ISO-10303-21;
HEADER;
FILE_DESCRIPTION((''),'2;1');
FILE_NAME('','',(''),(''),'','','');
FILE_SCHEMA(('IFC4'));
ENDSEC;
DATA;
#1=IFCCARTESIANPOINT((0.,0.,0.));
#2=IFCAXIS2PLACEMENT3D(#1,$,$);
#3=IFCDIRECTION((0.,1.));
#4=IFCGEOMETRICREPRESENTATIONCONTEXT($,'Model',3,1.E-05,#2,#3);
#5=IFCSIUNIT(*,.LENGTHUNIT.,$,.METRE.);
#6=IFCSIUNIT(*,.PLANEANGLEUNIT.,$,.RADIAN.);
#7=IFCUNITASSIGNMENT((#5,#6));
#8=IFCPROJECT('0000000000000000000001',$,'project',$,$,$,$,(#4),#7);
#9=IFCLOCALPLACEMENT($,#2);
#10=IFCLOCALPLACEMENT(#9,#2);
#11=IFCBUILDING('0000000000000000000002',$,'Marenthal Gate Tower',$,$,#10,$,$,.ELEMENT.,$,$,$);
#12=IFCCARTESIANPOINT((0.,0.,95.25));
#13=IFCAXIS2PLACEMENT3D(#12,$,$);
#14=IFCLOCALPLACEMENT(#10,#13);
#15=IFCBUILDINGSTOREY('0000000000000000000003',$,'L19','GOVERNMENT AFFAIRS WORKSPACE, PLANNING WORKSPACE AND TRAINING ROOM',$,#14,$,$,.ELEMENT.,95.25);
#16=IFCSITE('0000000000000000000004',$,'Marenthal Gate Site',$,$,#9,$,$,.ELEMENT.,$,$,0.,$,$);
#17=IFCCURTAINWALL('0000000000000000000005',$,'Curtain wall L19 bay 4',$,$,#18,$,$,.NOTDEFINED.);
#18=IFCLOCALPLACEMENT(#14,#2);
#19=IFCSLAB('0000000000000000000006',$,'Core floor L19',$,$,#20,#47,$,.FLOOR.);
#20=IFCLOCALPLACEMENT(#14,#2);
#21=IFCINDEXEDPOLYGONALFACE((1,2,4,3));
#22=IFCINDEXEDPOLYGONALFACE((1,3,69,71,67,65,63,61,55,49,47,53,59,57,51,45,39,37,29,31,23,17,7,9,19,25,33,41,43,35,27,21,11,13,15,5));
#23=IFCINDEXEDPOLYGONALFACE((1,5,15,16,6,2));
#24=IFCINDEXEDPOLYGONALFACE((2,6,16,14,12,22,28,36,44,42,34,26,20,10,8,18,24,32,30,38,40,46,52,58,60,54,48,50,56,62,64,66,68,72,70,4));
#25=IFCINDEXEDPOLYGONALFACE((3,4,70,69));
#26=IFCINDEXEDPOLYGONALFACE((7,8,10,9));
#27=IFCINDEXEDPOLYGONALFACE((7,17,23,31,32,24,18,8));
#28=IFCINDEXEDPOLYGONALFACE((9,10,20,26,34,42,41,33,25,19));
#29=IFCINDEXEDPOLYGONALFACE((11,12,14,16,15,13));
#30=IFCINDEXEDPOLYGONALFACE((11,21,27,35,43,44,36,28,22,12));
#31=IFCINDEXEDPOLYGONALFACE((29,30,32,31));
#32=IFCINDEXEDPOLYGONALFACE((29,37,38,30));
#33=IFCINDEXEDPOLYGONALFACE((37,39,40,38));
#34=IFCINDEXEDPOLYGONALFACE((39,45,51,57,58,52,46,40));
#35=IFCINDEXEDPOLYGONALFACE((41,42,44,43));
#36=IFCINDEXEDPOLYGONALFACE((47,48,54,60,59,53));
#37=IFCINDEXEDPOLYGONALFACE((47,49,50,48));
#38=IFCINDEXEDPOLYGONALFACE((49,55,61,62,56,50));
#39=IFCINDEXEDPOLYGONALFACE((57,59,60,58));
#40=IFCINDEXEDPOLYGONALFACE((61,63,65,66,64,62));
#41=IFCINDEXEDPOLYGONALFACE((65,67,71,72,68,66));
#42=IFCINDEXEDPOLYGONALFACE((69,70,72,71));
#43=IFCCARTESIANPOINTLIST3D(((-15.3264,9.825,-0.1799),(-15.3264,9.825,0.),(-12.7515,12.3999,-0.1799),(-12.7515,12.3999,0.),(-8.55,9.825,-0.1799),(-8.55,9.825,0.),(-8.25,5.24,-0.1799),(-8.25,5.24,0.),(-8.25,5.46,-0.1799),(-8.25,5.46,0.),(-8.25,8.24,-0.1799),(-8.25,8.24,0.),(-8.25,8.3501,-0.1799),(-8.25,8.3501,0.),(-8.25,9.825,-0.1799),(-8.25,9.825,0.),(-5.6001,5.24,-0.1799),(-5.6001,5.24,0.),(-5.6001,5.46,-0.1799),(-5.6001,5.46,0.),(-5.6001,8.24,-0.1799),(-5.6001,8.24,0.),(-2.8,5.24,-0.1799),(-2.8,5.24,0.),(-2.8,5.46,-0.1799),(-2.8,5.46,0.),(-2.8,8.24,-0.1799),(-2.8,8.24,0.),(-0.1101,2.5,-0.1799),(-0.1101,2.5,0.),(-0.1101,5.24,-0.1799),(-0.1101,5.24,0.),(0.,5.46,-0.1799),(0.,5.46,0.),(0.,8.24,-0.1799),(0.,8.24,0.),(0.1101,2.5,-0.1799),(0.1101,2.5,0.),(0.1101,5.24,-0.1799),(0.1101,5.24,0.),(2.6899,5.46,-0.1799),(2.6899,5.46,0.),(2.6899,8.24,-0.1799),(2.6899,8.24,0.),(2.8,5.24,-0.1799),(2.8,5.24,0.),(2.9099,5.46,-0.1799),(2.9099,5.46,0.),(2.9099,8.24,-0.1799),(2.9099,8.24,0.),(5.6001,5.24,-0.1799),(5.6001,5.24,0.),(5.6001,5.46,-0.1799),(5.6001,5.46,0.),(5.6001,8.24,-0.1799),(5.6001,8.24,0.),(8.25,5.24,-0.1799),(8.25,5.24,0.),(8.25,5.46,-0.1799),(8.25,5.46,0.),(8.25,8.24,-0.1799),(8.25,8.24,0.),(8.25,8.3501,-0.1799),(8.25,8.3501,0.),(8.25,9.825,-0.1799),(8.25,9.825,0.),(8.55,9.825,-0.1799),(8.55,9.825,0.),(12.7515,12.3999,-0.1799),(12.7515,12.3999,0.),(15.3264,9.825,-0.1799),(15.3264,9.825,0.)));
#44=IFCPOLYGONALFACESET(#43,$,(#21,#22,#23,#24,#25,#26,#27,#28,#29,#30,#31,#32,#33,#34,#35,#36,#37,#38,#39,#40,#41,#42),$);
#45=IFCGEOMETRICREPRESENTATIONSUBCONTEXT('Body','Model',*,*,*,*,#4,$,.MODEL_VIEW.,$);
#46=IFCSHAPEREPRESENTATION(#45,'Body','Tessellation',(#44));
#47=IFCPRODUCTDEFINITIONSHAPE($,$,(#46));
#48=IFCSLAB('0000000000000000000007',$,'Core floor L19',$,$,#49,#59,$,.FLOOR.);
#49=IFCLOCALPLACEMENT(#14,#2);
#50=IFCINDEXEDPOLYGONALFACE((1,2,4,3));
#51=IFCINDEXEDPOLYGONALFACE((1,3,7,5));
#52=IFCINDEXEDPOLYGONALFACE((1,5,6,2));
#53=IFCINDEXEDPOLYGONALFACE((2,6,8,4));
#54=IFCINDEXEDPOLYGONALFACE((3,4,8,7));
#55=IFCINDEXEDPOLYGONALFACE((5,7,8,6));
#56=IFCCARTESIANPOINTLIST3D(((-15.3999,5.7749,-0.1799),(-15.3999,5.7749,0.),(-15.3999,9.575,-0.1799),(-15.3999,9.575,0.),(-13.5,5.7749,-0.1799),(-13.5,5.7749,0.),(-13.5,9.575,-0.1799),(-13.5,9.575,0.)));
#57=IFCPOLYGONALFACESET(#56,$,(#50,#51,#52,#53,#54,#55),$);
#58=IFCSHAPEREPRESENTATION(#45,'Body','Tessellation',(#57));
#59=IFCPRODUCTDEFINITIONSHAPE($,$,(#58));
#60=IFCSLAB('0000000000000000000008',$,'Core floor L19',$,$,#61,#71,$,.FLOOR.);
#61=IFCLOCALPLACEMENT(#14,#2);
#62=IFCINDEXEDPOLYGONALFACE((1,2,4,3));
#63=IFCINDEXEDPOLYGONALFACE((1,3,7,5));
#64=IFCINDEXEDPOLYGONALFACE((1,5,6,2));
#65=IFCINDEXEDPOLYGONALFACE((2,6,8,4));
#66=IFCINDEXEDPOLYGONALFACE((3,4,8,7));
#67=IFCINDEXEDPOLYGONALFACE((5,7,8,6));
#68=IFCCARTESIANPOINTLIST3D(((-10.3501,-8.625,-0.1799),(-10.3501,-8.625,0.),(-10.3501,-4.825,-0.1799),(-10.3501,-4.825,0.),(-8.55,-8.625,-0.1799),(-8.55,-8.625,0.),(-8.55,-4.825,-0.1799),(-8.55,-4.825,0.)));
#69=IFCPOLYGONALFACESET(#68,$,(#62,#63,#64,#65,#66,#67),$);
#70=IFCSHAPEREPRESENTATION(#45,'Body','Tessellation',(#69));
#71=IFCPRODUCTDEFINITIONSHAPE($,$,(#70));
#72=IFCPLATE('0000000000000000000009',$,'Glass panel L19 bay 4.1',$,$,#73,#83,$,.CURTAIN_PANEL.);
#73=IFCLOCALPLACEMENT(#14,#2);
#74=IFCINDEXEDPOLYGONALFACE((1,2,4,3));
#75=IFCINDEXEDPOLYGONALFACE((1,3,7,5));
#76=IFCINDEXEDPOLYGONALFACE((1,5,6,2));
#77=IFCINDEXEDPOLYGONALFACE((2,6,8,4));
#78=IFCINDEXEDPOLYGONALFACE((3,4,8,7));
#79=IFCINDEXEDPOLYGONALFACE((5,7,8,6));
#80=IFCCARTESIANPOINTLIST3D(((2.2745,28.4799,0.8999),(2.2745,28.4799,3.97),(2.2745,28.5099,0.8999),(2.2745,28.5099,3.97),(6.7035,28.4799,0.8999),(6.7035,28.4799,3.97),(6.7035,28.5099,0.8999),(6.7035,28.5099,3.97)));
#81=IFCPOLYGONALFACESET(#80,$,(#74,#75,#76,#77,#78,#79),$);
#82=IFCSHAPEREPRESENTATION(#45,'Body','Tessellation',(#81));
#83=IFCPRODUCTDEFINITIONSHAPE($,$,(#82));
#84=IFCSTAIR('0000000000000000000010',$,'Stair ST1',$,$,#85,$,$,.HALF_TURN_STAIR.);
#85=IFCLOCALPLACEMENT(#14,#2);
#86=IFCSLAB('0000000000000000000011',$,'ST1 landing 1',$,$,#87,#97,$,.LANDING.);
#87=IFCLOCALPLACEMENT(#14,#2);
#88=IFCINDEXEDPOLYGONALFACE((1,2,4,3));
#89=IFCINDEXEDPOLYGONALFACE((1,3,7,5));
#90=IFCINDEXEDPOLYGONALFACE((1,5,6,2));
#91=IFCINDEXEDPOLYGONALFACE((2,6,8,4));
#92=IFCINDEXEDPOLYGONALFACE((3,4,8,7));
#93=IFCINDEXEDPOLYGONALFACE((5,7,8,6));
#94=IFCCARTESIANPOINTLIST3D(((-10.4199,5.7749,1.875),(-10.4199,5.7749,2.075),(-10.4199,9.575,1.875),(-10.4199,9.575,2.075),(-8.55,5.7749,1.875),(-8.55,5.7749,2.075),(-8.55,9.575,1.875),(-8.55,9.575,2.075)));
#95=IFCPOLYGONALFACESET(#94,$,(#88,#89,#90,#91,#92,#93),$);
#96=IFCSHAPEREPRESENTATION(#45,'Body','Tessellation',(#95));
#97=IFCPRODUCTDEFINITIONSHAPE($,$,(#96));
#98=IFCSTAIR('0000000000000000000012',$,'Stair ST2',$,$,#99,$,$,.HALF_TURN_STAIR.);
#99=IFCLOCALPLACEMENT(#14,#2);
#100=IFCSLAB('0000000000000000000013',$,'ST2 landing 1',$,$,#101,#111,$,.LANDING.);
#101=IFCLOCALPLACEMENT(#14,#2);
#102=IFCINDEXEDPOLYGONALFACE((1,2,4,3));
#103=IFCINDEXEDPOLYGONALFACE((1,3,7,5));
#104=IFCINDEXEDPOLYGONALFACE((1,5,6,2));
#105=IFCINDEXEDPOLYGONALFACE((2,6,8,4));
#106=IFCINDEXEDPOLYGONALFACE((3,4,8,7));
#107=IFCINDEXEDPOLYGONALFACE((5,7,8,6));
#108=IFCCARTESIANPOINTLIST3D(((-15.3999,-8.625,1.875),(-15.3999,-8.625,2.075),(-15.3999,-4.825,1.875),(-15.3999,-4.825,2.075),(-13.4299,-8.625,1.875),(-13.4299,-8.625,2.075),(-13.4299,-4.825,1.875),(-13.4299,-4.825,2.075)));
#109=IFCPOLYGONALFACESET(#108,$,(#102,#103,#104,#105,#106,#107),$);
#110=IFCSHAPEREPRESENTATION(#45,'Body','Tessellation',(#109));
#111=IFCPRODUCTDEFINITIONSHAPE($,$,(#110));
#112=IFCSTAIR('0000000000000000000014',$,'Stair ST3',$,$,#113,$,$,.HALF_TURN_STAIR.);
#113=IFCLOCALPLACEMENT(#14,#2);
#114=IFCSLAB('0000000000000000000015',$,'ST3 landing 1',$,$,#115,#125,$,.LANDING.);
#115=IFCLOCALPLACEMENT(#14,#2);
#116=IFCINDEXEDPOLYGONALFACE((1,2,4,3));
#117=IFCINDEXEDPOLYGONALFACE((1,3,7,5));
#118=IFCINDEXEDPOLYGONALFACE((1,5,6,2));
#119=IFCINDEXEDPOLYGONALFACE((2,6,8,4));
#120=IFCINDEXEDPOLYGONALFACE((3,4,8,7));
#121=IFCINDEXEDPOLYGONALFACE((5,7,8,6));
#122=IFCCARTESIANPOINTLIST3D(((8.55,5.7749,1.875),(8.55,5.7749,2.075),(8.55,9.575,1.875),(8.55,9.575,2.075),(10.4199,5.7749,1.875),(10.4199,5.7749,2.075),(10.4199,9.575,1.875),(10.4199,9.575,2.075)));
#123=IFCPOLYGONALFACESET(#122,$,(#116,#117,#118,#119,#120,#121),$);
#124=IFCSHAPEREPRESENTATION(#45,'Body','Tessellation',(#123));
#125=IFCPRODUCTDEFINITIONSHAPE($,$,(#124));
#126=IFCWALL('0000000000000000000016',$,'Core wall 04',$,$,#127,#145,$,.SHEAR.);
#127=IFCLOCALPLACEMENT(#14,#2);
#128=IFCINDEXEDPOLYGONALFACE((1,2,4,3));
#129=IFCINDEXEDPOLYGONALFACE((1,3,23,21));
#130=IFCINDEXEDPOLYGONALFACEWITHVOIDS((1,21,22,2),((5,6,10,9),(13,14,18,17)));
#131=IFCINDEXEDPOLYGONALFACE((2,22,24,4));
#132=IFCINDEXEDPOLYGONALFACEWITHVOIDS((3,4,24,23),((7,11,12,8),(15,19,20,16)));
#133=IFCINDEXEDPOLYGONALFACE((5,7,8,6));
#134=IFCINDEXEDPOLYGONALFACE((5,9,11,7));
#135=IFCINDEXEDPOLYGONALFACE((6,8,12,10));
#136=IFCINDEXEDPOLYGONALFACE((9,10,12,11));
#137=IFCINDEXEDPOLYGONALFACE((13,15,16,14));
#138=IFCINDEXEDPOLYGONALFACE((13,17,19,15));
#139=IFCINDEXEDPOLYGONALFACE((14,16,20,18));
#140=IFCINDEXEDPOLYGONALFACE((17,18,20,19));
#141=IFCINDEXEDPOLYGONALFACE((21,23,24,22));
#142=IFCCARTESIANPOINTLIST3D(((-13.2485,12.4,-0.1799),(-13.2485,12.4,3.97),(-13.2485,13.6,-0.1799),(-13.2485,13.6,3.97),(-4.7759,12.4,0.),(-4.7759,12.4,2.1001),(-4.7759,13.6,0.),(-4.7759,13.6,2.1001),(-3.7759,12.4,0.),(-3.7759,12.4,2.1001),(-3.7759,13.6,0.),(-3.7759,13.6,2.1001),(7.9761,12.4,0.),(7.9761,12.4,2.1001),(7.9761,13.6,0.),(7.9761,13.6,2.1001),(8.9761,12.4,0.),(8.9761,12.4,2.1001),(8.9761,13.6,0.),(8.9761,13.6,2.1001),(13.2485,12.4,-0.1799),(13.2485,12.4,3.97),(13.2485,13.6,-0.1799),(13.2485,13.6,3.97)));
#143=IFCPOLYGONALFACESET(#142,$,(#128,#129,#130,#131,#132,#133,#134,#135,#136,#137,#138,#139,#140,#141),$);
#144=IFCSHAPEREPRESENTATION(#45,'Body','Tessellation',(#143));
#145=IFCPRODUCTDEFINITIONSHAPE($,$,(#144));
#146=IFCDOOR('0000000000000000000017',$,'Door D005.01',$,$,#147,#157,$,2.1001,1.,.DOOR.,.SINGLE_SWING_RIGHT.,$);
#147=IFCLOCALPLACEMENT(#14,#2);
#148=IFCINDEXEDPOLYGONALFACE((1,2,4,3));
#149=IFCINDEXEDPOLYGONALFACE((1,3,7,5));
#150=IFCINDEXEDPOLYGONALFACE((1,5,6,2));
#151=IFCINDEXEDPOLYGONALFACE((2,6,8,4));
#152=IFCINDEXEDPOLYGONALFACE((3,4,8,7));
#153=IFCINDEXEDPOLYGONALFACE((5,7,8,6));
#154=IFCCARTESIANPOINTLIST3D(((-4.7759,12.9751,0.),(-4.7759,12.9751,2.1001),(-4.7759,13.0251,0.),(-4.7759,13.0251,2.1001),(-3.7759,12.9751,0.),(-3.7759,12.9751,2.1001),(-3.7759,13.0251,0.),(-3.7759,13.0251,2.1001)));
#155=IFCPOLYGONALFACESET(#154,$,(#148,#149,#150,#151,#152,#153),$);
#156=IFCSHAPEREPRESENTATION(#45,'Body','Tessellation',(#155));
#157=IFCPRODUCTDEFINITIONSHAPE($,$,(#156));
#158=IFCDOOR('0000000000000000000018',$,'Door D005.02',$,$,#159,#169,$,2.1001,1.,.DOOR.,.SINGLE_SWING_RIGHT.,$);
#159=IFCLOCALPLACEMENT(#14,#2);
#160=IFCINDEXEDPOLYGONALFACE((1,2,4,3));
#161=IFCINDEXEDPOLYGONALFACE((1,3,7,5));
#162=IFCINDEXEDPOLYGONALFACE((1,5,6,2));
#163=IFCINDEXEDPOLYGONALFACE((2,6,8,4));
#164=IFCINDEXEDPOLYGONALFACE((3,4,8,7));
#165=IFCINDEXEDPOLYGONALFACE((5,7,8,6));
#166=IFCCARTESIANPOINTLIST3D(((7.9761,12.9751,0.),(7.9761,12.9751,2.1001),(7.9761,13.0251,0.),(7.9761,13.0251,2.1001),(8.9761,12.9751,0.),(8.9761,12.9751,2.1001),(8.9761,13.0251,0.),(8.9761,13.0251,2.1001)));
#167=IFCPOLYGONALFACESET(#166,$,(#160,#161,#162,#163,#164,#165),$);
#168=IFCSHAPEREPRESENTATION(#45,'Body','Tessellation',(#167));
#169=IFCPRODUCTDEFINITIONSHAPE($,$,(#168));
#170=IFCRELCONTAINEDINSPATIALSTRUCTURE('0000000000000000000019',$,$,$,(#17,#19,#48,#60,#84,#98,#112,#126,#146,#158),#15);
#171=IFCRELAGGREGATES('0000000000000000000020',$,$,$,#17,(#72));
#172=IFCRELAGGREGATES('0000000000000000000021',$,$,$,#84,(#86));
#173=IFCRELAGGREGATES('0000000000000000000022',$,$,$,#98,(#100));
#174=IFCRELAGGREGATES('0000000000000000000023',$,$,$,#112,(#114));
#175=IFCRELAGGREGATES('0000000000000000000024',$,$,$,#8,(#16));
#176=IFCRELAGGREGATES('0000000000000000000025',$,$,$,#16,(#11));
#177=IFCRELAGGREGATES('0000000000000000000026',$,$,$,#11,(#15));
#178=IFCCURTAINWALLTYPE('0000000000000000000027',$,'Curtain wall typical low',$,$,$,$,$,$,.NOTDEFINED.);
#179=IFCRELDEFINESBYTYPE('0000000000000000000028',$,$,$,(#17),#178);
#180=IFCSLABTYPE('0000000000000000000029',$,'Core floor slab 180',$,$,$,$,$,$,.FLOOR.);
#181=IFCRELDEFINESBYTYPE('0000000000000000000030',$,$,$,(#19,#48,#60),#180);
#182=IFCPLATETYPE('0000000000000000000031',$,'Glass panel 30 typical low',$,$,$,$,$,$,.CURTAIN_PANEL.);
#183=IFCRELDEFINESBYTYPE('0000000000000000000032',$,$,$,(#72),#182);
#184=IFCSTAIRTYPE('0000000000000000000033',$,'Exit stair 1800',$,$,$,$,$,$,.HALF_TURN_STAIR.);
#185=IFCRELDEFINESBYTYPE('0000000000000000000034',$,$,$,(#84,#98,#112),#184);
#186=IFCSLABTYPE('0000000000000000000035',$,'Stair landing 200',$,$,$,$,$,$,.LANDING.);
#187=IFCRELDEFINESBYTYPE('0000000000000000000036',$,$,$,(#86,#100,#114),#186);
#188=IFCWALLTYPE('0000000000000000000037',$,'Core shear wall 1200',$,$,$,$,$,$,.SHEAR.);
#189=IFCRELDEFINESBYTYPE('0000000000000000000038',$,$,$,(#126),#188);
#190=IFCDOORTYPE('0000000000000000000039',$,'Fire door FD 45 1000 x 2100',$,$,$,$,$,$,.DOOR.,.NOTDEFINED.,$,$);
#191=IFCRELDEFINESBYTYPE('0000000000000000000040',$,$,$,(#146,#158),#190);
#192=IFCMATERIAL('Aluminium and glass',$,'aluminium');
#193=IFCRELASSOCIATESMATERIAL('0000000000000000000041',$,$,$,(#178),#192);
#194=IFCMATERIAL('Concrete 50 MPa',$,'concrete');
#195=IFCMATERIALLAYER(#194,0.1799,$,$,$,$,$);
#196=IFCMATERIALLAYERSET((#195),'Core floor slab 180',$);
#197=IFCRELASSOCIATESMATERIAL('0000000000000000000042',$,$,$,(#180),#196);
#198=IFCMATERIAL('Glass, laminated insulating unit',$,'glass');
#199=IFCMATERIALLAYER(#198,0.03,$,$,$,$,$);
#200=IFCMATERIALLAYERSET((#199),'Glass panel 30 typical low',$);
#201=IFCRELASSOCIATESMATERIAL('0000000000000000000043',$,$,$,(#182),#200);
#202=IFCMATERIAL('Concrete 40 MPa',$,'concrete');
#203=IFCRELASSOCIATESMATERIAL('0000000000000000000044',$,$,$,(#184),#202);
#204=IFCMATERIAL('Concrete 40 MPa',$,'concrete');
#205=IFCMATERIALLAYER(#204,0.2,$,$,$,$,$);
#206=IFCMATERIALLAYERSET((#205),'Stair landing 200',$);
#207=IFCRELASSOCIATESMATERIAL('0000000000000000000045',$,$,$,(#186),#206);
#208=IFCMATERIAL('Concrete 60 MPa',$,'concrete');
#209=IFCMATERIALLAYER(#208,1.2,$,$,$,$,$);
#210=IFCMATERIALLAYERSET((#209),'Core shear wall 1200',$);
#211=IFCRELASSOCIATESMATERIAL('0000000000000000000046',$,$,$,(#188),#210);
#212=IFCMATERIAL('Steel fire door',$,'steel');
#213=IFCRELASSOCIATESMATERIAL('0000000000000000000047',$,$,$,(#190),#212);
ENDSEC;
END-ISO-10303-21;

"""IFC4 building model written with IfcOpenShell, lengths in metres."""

from ifc_helpers import new_model, si_unit, direction, frame, frame_2d, origin, origin_2d, place, context, subcontext, project, spatial, polyline, rectangle, outline, extrude, material, layer, layer_set, type_object, element, fill, aggregate, save


model = new_model("IFC4")

# Units and contexts
model_context = context("Model", 3, precision=1e-05, world=origin(), true_north=direction((0.0, 1.0)))
body_context = subcontext(model_context, "Body", "Model", "MODEL_VIEW")
ifc_project = project(units=[si_unit("LENGTHUNIT", "METRE"), si_unit("PLANEANGLEUNIT", "RADIAN")], contexts=[model_context])

# Site, building, storey
site_placement = place(None, origin())
site = spatial("IfcSite", under=ifc_project, at=site_placement, Name="Marenthal Gate Site", CompositionType="ELEMENT", RefElevation=0.0)
building_placement = place(site_placement, origin())
building = spatial("IfcBuilding", under=site, at=building_placement, Name="Marenthal Gate Tower", CompositionType="ELEMENT")
storey_placement = place(building_placement, frame((0.0, 0.0, 95.25)))
storey = spatial("IfcBuildingStorey", under=building, at=storey_placement, Name="L19", Description="GOVERNMENT AFFAIRS WORKSPACE, PLANNING WORKSPACE AND TRAINING ROOM", CompositionType="ELEMENT", Elevation=95.25)

# Curtain wall
ifc_material_1 = material(Name="Aluminium and glass", Category="aluminium")
curtain_wall_type = type_object("IfcCurtainWallType", Name="Curtain wall typical low", PredefinedType="NOTDEFINED", material=ifc_material_1)
curtain_wall_placement = place(storey_placement, origin())
curtain_wall = element("IfcCurtainWall", 1, at=curtain_wall_placement, inside=storey, type_object=curtain_wall_type, Name="Curtain wall L19 bay 4", PredefinedType="NOTDEFINED")

# Slabs
ifc_material_2 = material(Name="Concrete 50 MPa", Category="concrete")
ifc_layer_1 = layer(ifc_material_2, 0.1799)
ifc_layer_set_1 = layer_set([ifc_layer_1], Name="Core floor slab 180")
slab_type_1 = type_object("IfcSlabType", Name="Core floor slab 180", PredefinedType="FLOOR", material=ifc_layer_set_1)
slab_1_placement = place(storey_placement, frame((0.0, 0.0, -0.1799)))
element("IfcSlab", 2, at=slab_1_placement, inside=storey, type_object=slab_type_1, Name="Core floor L19", PredefinedType="FLOOR", context=body_context, shape_type="SweptSolid", body=[
    extrude(outline(polyline([(12.7515, 12.3999), (15.3264, 9.825), (8.55, 9.825), (8.25, 9.825), (8.25, 8.3501), (8.25, 8.24), (5.6001, 8.24), (2.9099, 8.24), (2.9099, 5.46), (5.6001, 5.46), (8.25, 5.46), (8.25, 5.24), (5.6001, 5.24), (2.8, 5.24), (0.1101, 5.24), (0.1101, 2.5), (-0.1101, 2.5), (-0.1101, 5.24), (-2.8, 5.24), (-5.6001, 5.24), (-8.25, 5.24), (-8.25, 5.46), (-5.6001, 5.46), (-2.8, 5.46), (0.0, 5.46), (2.6899, 5.46), (2.6899, 8.24), (0.0, 8.24), (-2.8, 8.24), (-5.6001, 8.24), (-8.25, 8.24), (-8.25, 8.3501), (-8.25, 9.825), (-8.55, 9.825), (-15.3264, 9.825), (-12.7515, 12.3999), (12.7515, 12.3999)])), origin(), (0.0, 0.0, 1.0), 0.1799),
])
slab_2_placement = place(storey_placement, frame((0.0, 0.0, -0.1799)))
element("IfcSlab", 3, at=slab_2_placement, inside=storey, type_object=slab_type_1, Name="Core floor L19", PredefinedType="FLOOR", context=body_context, shape_type="SweptSolid", body=[
    extrude(outline(polyline([(-15.3999, 9.575), (-13.5, 9.575), (-13.5, 5.7749), (-15.3999, 5.7749), (-15.3999, 9.575)])), origin(), (0.0, 0.0, 1.0), 0.1799),
])
slab_3_placement = place(storey_placement, frame((0.0, 0.0, -0.1799)))
element("IfcSlab", 4, at=slab_3_placement, inside=storey, type_object=slab_type_1, Name="Core floor L19", PredefinedType="FLOOR", context=body_context, shape_type="SweptSolid", body=[
    extrude(outline(polyline([(-8.55, -8.625), (-10.3501, -8.625), (-10.3501, -4.825), (-8.55, -4.825), (-8.55, -8.625)])), origin(), (0.0, 0.0, 1.0), 0.1799),
])

# Plate
ifc_material_3 = material(Name="Glass, laminated insulating unit", Category="glass")
ifc_layer_2 = layer(ifc_material_3, 0.03)
ifc_layer_set_2 = layer_set([ifc_layer_2], Name="Glass panel 30 typical low")
plate_type = type_object("IfcPlateType", Name="Glass panel 30 typical low", PredefinedType="CURTAIN_PANEL", material=ifc_layer_set_2)
plate_placement = place(storey_placement, frame((4.489, 28.4949, 0.8999), z_axis=(0.0, 0.0, 1.0), x_axis=(-1.0, 0.0, 0.0)))
plate = element("IfcPlate", 5, at=plate_placement, type_object=plate_type, Name="Glass panel L19 bay 4.1", PredefinedType="CURTAIN_PANEL", context=body_context, shape_type="SweptSolid", body=[
    extrude(rectangle(XDim=4.429, YDim=0.03, at=origin_2d()), origin(), (0.0, 0.0, 1.0), 3.0701),
])
aggregate(curtain_wall, [plate])

# Stairs, slabs
ifc_material_4 = material(Name="Concrete 40 MPa", Category="concrete")
stair_type = type_object("IfcStairType", Name="Exit stair 1800", PredefinedType="HALF_TURN_STAIR", material=ifc_material_4)
stair_1_placement = place(storey_placement, origin())
stair_1 = element("IfcStair", 6, at=stair_1_placement, inside=storey, type_object=stair_type, Name="Stair ST1", PredefinedType="HALF_TURN_STAIR")
ifc_material_5 = material(Name="Concrete 40 MPa", Category="concrete")
ifc_layer_3 = layer(ifc_material_5, 0.2)
ifc_layer_set_3 = layer_set([ifc_layer_3], Name="Stair landing 200")
slab_type_2 = type_object("IfcSlabType", Name="Stair landing 200", PredefinedType="LANDING", material=ifc_layer_set_3)
slab_4_placement = place(storey_placement, frame((0.0, 0.0, 1.875)))
slab_4 = element("IfcSlab", 7, at=slab_4_placement, type_object=slab_type_2, Name="ST1 landing 1", PredefinedType="LANDING", context=body_context, shape_type="SweptSolid", body=[
    extrude(outline(polyline([(-10.4199, 5.7749), (-8.55, 5.7749), (-8.55, 9.575), (-10.4199, 9.575), (-10.4199, 5.7749)])), origin(), (0.0, 0.0, 1.0), 0.2),
])
aggregate(stair_1, [slab_4])
stair_2_placement = place(storey_placement, origin())
stair_2 = element("IfcStair", 8, at=stair_2_placement, inside=storey, type_object=stair_type, Name="Stair ST2", PredefinedType="HALF_TURN_STAIR")
slab_5_placement = place(storey_placement, frame((0.0, 0.0, 1.875)))
slab_5 = element("IfcSlab", 9, at=slab_5_placement, type_object=slab_type_2, Name="ST2 landing 1", PredefinedType="LANDING", context=body_context, shape_type="SweptSolid", body=[
    extrude(outline(polyline([(-15.3999, -8.625), (-13.4299, -8.625), (-13.4299, -4.825), (-15.3999, -4.825), (-15.3999, -8.625)])), origin(), (0.0, 0.0, 1.0), 0.2),
])
aggregate(stair_2, [slab_5])
stair_3_placement = place(storey_placement, origin())
stair_3 = element("IfcStair", 10, at=stair_3_placement, inside=storey, type_object=stair_type, Name="Stair ST3", PredefinedType="HALF_TURN_STAIR")
slab_6_placement = place(storey_placement, frame((0.0, 0.0, 1.875)))
slab_6 = element("IfcSlab", 11, at=slab_6_placement, type_object=slab_type_2, Name="ST3 landing 1", PredefinedType="LANDING", context=body_context, shape_type="SweptSolid", body=[
    extrude(outline(polyline([(8.55, 5.7749), (10.4199, 5.7749), (10.4199, 9.575), (8.55, 9.575), (8.55, 5.7749)])), origin(), (0.0, 0.0, 1.0), 0.2),
])

# Wall, openings, doors
ifc_material_6 = material(Name="Concrete 60 MPa", Category="concrete")
ifc_layer_4 = layer(ifc_material_6, 1.2)
ifc_layer_set_4 = layer_set([ifc_layer_4], Name="Core shear wall 1200")
wall_type_1 = type_object("IfcWallType", Name="Core shear wall 1200", PredefinedType="SHEAR", material=ifc_layer_set_4)
wall_1_placement = place(storey_placement, frame((13.2485, 13.0, -0.1799), z_axis=(0.0, 0.0, 1.0), x_axis=(-1.0, 0.0, 0.0)))
wall_1 = element("IfcWall", 12, at=wall_1_placement, inside=storey, type_object=wall_type_1, Name="Core wall 04", PredefinedType="SHEAR", context=body_context, shape_type="SweptSolid", body=[
    extrude(rectangle(XDim=26.4971, YDim=1.2, at=frame_2d((13.2485, 0.0))), origin(), (0.0, 0.0, 1.0), 4.1499),
])
opening_1_placement = place(wall_1_placement, frame((17.0244, 0.0, 0.1799)))
opening_1 = element("IfcOpeningElement", 13, at=opening_1_placement, cuts=wall_1, PredefinedType="OPENING", context=body_context, shape_type="SweptSolid", body=[
    extrude(rectangle(XDim=1.0, YDim=2.1001, at=frame_2d((0.5, 1.05))), frame((0.0, 0.6099, 0.0), z_axis=(0.0, -1.0, 0.0), x_axis=(1.0, 0.0, 0.0)), (0.0, 0.0, 1.0), 1.22),
])
opening_2_placement = place(wall_1_placement, frame((4.2725, 0.0, 0.1799)))
opening_2 = element("IfcOpeningElement", 14, at=opening_2_placement, cuts=wall_1, PredefinedType="OPENING", context=body_context, shape_type="SweptSolid", body=[
    extrude(rectangle(XDim=1.0, YDim=2.1001, at=frame_2d((0.5, 1.05))), frame((0.0, 0.6099, 0.0), z_axis=(0.0, -1.0, 0.0), x_axis=(1.0, 0.0, 0.0)), (0.0, 0.0, 1.0), 1.22),
])
ifc_material_7 = material(Name="Steel fire door", Category="steel")
door_type_1 = type_object("IfcDoorType", Name="Fire door FD 45 1000 x 2100", OperationType="NOTDEFINED", PredefinedType="DOOR", material=ifc_material_7)
door_1_placement = place(opening_1_placement, origin())
door_1 = element("IfcDoor", 15, at=door_1_placement, inside=storey, type_object=door_type_1, Name="Door D005.01", OperationType="SINGLE_SWING_RIGHT", OverallHeight=2.1001, OverallWidth=1.0, PredefinedType="DOOR", context=body_context, shape_type="SweptSolid", body=[
    extrude(rectangle(XDim=1.0, YDim=2.1001, at=frame_2d((0.5, 1.05))), frame((0.0, 0.0249, 0.0), z_axis=(0.0, -1.0, 0.0), x_axis=(1.0, 0.0, 0.0)), (0.0, 0.0, 1.0), 0.05),
])
fill(opening_1, door_1)
door_2_placement = place(opening_2_placement, origin())
door_2 = element("IfcDoor", 16, at=door_2_placement, inside=storey, type_object=door_type_1, Name="Door D005.02", OperationType="SINGLE_SWING_RIGHT", OverallHeight=2.1001, OverallWidth=1.0, PredefinedType="DOOR", context=body_context, shape_type="SweptSolid", body=[
    extrude(rectangle(XDim=1.0, YDim=2.1001, at=frame_2d((0.5, 1.05))), frame((0.0, 0.0249, 0.0), z_axis=(0.0, -1.0, 0.0), x_axis=(1.0, 0.0, 0.0)), (0.0, 0.0, 1.0), 0.05),
])
fill(opening_2, door_2)

aggregate(stair_3, [slab_6])

save(model, "model.ifc")
